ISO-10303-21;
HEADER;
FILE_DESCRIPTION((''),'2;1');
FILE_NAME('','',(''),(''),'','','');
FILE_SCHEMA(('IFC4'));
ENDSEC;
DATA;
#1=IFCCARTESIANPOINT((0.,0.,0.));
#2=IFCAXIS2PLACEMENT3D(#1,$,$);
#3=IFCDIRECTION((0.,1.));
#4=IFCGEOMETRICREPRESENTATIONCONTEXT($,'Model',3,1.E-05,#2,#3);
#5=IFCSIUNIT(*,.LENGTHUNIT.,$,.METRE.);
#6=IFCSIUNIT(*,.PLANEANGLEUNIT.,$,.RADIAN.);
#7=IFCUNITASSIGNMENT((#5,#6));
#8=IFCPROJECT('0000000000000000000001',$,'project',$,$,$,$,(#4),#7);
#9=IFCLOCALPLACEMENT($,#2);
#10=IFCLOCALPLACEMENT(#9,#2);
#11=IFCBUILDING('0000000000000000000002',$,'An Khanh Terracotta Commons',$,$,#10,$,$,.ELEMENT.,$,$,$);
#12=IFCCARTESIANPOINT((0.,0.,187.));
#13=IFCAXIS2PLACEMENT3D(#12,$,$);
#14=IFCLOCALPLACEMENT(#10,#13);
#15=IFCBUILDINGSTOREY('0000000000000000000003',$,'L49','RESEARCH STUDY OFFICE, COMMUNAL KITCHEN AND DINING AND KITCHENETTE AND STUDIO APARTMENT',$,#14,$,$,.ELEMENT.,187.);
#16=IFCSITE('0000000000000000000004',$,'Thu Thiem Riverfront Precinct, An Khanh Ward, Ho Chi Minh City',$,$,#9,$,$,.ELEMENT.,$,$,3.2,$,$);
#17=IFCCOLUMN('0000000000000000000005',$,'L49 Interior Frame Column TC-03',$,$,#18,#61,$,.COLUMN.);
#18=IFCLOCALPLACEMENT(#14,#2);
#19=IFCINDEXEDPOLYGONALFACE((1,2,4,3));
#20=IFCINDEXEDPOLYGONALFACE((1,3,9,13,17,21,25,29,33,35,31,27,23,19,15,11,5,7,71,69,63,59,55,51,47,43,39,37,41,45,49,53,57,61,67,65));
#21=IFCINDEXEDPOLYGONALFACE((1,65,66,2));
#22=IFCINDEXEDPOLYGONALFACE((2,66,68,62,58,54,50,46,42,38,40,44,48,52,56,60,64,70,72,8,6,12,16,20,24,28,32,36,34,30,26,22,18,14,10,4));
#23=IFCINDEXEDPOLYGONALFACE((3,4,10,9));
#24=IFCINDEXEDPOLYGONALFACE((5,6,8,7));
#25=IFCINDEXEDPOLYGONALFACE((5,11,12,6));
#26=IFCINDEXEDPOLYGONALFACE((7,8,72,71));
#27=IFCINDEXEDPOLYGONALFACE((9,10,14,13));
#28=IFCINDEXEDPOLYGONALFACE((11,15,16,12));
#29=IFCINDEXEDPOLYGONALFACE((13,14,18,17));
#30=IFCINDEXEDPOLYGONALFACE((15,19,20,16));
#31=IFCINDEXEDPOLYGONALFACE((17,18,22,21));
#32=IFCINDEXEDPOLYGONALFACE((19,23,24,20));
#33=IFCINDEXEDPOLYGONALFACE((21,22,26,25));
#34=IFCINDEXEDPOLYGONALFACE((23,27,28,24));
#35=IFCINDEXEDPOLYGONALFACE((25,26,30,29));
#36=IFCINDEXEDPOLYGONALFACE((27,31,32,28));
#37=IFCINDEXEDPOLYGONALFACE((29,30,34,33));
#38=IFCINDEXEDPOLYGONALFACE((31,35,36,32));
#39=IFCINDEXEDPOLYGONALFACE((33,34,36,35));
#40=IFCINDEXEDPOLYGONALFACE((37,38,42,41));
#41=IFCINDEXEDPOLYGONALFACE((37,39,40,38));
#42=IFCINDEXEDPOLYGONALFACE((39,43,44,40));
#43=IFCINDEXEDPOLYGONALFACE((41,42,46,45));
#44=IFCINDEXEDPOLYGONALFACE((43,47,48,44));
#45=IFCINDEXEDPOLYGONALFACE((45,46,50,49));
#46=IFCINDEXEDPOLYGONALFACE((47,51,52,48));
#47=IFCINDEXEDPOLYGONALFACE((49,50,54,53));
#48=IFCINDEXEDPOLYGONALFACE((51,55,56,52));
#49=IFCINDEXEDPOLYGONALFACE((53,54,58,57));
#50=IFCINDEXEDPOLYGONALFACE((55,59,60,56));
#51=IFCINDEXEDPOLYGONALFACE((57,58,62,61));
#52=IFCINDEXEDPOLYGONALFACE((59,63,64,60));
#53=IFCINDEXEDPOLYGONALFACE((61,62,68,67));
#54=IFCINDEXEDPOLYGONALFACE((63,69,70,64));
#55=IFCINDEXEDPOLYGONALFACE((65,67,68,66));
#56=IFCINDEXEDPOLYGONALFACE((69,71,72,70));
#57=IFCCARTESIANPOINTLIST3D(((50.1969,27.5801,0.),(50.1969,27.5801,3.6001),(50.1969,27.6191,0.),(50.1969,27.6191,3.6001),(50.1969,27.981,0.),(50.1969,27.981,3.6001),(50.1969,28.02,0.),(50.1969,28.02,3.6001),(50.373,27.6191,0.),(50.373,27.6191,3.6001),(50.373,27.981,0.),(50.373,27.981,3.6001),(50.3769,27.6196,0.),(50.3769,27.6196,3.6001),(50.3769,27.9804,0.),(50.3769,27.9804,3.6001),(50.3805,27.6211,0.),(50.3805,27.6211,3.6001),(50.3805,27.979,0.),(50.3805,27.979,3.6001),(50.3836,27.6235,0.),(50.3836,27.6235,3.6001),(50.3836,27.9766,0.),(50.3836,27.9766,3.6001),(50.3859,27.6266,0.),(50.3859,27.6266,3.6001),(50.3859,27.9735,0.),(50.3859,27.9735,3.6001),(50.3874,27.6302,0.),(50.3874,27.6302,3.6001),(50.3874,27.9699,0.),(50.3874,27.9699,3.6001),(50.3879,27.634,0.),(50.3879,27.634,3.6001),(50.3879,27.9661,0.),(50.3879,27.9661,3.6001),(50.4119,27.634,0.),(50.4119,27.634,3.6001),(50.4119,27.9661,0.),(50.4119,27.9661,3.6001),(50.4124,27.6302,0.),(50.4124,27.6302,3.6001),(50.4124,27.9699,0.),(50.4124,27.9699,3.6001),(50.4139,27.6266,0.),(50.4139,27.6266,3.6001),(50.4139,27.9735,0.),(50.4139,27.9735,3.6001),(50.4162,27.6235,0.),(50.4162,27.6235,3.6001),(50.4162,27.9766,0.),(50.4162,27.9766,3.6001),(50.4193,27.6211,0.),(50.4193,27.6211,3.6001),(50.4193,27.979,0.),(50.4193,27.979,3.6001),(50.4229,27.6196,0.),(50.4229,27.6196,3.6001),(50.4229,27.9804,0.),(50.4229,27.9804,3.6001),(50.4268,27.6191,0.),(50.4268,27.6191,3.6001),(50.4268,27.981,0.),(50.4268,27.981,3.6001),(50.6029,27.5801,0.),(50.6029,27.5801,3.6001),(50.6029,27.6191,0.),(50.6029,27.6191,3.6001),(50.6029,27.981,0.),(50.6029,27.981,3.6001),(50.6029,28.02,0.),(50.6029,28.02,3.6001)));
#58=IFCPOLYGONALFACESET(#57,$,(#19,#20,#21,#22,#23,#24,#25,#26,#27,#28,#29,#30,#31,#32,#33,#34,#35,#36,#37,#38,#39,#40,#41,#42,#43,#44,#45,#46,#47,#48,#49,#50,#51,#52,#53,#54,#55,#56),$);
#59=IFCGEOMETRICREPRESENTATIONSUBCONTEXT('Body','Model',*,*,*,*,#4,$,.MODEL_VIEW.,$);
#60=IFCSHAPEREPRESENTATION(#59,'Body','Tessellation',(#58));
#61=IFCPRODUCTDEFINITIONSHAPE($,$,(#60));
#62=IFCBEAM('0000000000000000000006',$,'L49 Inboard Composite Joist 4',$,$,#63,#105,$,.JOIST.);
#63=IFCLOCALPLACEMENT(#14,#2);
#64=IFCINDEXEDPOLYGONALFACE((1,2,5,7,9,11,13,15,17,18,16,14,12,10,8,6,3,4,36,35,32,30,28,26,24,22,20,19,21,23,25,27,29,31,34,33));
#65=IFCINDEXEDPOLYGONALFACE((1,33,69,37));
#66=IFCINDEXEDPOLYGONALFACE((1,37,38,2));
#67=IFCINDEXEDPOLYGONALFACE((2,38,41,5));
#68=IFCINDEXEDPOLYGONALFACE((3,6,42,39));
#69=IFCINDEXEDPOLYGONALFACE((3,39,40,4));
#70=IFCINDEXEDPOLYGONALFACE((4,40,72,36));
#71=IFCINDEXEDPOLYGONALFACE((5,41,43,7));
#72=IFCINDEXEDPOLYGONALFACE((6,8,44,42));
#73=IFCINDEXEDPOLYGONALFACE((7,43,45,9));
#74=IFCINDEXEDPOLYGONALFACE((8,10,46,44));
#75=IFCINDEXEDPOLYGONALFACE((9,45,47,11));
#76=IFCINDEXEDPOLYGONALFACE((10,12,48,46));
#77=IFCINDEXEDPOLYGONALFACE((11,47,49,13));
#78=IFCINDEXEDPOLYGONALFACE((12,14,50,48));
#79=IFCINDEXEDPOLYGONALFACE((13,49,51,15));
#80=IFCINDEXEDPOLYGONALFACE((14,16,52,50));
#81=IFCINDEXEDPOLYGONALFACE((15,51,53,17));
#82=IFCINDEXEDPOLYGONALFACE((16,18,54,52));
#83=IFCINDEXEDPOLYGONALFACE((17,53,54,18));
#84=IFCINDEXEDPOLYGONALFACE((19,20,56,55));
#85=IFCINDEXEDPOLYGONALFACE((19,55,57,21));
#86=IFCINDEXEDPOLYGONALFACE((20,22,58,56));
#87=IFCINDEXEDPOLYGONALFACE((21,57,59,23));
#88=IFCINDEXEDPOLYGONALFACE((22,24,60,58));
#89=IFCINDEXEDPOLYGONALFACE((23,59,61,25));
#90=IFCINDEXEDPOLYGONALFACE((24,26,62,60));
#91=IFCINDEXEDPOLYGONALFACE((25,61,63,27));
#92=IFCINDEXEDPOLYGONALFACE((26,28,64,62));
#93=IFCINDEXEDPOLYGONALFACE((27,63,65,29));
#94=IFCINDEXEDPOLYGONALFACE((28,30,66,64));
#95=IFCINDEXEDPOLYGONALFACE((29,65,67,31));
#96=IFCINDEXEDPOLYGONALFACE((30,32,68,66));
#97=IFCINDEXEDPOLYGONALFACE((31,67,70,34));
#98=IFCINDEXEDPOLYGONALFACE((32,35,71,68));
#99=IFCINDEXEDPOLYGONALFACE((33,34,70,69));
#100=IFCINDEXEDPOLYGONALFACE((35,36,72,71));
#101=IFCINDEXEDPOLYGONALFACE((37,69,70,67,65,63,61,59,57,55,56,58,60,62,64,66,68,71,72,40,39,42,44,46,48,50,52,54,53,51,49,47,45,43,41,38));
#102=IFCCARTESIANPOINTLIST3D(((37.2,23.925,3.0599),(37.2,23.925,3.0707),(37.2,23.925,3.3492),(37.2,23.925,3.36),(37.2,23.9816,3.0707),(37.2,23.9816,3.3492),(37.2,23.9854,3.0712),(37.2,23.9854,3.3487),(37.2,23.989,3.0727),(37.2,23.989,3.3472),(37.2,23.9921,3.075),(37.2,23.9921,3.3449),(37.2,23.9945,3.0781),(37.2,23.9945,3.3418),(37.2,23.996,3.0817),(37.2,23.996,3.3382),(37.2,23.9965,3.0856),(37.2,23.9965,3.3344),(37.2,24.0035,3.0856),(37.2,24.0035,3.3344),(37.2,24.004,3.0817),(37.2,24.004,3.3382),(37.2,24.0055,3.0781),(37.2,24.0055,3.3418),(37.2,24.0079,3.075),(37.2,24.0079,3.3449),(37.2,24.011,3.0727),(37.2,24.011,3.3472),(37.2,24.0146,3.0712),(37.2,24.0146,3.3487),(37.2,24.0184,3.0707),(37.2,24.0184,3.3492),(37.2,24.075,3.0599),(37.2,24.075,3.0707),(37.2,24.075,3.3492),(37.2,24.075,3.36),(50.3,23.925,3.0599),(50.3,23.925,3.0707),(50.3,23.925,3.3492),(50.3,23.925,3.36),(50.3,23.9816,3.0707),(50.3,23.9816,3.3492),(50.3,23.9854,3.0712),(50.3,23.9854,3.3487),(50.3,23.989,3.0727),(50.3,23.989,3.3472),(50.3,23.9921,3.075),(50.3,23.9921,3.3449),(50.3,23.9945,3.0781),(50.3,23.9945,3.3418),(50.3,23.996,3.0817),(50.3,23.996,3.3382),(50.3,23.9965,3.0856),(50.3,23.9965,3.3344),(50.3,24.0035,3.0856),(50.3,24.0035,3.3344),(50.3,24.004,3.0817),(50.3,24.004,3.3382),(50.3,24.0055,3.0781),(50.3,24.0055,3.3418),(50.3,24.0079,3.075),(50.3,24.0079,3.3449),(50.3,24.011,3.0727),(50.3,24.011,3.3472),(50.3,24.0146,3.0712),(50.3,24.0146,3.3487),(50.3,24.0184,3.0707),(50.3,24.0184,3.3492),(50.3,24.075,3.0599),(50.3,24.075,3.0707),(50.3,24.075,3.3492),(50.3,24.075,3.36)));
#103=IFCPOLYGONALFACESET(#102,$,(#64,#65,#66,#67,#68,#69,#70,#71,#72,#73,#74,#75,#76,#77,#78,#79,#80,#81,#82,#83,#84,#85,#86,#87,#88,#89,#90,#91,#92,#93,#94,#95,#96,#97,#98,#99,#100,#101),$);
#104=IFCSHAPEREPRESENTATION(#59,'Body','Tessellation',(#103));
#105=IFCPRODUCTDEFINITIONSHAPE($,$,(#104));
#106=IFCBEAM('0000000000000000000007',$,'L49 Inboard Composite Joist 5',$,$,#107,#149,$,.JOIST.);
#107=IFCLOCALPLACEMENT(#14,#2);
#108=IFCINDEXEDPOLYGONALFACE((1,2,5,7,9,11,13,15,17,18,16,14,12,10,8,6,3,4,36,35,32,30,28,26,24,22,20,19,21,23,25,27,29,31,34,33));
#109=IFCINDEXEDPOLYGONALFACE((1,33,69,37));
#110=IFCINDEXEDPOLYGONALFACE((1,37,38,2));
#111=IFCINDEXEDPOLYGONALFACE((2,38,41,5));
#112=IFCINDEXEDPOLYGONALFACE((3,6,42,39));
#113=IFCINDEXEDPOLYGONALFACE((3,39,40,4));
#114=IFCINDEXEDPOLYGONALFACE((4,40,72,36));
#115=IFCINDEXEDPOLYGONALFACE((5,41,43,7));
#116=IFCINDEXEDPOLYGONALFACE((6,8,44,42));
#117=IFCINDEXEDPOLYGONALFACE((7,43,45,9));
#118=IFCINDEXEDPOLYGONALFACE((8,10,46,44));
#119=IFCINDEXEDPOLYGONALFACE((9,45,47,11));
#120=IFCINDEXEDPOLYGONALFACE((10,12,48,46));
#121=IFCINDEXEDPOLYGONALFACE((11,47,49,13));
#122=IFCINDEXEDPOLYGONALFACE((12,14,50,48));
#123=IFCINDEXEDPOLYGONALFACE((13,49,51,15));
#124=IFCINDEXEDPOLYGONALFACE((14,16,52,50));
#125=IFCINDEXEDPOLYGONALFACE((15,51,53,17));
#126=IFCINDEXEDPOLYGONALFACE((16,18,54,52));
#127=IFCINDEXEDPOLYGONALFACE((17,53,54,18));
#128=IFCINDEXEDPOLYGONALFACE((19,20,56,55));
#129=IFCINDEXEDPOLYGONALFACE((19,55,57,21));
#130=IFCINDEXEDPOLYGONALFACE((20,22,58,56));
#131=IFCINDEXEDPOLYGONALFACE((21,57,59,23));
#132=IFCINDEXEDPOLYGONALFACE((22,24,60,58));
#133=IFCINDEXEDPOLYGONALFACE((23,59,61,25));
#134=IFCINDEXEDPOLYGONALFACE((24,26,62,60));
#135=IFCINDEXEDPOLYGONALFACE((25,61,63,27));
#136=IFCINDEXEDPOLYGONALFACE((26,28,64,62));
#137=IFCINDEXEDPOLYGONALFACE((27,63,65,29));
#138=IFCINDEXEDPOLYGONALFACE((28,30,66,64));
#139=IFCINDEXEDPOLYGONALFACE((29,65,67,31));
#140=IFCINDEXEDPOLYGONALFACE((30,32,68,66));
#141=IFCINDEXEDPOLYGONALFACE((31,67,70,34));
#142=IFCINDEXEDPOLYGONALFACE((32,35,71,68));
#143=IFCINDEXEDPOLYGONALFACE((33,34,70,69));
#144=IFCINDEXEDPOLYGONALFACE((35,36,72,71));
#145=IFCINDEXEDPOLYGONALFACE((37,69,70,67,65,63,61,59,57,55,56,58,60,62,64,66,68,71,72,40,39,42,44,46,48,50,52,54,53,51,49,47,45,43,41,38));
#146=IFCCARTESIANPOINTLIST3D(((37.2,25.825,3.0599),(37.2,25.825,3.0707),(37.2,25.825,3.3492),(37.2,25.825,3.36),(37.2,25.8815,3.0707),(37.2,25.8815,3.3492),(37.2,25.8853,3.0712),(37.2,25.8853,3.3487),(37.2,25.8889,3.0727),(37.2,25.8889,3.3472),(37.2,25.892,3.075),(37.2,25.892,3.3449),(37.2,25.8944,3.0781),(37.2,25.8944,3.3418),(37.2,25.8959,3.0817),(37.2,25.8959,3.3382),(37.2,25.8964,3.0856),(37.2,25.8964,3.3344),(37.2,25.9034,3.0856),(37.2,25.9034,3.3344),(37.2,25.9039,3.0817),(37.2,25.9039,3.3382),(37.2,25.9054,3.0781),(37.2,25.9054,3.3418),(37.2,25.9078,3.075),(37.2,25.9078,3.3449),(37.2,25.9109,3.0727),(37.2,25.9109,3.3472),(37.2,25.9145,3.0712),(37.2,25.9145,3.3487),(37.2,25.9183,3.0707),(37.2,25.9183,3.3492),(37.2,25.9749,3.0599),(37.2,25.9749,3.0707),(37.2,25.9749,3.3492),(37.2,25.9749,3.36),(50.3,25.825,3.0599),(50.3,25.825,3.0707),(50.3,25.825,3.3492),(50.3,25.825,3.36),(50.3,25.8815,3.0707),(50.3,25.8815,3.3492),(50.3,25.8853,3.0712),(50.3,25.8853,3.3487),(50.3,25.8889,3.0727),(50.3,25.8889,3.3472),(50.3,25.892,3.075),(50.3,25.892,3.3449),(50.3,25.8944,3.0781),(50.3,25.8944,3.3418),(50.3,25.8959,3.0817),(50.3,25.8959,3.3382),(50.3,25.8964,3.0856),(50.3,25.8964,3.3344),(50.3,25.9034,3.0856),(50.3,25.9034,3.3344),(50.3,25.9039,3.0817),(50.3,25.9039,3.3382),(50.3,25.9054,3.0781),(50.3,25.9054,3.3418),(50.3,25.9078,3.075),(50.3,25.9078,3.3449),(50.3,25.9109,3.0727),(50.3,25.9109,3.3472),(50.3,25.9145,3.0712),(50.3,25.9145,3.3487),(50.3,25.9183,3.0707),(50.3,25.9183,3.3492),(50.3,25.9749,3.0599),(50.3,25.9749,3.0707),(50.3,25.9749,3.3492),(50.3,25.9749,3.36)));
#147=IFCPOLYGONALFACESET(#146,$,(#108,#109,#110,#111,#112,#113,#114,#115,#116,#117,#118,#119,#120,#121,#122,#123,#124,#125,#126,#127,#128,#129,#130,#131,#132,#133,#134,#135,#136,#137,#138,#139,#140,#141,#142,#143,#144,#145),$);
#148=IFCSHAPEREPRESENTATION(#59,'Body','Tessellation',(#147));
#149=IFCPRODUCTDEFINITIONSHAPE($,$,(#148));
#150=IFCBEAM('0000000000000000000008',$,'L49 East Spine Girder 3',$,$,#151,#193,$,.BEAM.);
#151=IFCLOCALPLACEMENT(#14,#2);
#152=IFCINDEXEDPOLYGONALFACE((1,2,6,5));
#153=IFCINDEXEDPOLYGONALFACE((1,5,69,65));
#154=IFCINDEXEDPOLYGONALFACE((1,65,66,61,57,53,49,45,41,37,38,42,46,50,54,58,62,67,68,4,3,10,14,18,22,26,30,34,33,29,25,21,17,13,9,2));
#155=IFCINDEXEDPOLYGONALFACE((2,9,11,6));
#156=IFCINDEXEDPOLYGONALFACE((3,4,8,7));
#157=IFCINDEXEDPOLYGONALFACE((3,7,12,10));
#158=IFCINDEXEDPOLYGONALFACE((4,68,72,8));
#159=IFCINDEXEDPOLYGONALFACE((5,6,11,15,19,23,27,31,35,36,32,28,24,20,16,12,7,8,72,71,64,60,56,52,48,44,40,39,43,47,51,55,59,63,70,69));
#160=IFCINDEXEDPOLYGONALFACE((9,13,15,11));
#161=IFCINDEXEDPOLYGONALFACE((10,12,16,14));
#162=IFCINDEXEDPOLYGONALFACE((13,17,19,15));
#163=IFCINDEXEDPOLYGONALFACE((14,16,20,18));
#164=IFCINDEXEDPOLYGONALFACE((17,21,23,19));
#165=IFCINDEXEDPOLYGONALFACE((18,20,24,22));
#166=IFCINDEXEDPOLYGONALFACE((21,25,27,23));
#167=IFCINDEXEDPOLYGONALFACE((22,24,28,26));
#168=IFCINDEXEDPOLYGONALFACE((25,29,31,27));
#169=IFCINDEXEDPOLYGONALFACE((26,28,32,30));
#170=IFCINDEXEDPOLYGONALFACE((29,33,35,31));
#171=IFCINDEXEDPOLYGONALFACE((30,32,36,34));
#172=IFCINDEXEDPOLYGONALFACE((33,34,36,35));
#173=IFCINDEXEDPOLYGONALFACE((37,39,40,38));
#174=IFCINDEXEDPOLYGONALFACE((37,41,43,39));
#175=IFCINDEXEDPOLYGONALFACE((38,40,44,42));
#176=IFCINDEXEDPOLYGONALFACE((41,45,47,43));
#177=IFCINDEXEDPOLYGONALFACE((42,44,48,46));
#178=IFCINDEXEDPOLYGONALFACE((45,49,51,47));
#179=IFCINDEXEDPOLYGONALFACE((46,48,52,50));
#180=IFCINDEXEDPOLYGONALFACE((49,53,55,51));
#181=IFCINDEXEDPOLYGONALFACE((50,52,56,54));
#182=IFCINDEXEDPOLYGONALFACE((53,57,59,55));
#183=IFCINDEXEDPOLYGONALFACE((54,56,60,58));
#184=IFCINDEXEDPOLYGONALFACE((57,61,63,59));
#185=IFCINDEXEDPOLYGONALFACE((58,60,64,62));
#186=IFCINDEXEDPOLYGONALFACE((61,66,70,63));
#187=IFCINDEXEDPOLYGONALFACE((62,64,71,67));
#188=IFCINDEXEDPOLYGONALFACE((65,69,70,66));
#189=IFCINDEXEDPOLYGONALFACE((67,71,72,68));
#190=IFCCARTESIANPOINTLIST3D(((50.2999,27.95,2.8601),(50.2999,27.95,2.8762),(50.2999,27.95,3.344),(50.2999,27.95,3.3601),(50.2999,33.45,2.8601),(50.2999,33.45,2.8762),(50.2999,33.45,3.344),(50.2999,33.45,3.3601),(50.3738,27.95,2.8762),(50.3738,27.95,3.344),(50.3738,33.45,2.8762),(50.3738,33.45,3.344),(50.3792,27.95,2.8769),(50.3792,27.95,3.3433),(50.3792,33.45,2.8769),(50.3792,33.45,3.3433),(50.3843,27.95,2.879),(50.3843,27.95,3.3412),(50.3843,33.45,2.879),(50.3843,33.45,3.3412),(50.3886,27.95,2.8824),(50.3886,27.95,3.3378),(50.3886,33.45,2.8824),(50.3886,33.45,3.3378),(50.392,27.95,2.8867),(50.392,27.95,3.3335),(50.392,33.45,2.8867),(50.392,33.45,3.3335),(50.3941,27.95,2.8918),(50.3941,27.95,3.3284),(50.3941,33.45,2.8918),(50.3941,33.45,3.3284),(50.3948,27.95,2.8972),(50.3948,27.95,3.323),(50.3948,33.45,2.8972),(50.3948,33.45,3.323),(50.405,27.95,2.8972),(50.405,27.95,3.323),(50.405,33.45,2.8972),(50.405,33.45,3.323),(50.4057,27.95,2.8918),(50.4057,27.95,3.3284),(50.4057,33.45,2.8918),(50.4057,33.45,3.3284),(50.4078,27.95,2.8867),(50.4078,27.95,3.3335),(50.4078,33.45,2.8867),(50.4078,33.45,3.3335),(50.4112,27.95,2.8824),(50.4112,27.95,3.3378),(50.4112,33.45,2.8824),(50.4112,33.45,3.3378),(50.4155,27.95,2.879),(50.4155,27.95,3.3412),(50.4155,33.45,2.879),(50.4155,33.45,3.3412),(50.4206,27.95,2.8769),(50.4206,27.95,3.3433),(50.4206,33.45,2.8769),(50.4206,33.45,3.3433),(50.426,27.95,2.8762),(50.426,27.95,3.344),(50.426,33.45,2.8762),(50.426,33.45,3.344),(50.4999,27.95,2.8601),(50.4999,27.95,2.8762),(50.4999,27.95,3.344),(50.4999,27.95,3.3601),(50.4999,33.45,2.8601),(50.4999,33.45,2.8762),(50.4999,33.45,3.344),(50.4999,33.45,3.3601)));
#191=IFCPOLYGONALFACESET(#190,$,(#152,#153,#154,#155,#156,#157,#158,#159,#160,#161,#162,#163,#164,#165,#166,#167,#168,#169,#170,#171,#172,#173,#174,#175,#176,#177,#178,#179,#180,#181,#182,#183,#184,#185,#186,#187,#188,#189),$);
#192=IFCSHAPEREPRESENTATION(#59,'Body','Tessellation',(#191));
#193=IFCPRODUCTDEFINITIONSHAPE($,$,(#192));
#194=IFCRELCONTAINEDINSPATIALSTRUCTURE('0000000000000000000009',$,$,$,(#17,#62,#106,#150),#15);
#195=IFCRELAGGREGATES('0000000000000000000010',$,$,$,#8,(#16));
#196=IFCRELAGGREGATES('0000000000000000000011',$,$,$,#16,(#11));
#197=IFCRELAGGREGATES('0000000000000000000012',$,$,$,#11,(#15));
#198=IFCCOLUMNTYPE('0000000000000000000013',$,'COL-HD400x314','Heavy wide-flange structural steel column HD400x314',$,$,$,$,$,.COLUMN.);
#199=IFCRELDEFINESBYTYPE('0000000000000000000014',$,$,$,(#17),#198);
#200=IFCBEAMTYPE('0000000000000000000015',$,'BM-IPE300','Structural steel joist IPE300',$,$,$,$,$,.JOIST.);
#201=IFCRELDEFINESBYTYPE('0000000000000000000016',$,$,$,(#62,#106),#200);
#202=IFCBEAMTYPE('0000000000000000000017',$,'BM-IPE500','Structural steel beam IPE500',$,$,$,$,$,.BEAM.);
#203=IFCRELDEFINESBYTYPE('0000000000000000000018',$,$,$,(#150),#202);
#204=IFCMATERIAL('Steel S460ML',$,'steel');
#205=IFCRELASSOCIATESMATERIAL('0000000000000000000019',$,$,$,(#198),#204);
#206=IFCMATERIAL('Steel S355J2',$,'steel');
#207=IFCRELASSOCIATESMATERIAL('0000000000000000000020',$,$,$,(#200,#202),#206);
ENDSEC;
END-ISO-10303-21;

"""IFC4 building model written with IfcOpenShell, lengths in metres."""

from ifc_helpers import new_model, si_unit, direction, frame, origin, origin_2d, place, context, subcontext, project, spatial, i_section, extrude, material, material_profile, profile_set, type_object, element, save


model = new_model("IFC4")

# Units and contexts
model_context = context("Model", 3, precision=1e-05, world=origin(), true_north=direction((0.0, 1.0)))
body_context = subcontext(model_context, "Body", "Model", "MODEL_VIEW")
ifc_project = project(units=[si_unit("LENGTHUNIT", "METRE"), si_unit("PLANEANGLEUNIT", "RADIAN")], contexts=[model_context])

# Site, building, storey
site_placement = place(None, origin())
site = spatial("IfcSite", under=ifc_project, at=site_placement, Name="Thu Thiem Riverfront Precinct, An Khanh Ward, Ho Chi Minh City", CompositionType="ELEMENT", RefElevation=3.2)
building_placement = place(site_placement, origin())
building = spatial("IfcBuilding", under=site, at=building_placement, Name="An Khanh Terracotta Commons", CompositionType="ELEMENT")
storey_placement = place(building_placement, frame((0.0, 0.0, 187.0)))
storey = spatial("IfcBuildingStorey", under=building, at=storey_placement, Name="L49", Description="RESEARCH STUDY OFFICE, COMMUNAL KITCHEN AND DINING AND KITCHENETTE AND STUDIO APARTMENT", CompositionType="ELEMENT", Elevation=187.0)

# Column
ifc_material_1 = material(Name="Steel S460ML", Category="steel")
ifc_material_profile_1 = material_profile(ifc_material_1, i_section(OverallWidth=0.406, OverallDepth=0.4399, WebThickness=0.0239, FlangeThickness=0.0391, FilletRadius=0.0149, at=origin_2d()), Name="HD400x314")
ifc_profile_set_1 = profile_set([ifc_material_profile_1], Name="Steel S460ML")
column_type = type_object("IfcColumnType", Name="COL-HD400x314", Description="Heavy wide-flange structural steel column HD400x314", PredefinedType="COLUMN", material=ifc_profile_set_1)
column_placement = place(storey_placement, frame((50.3999, 27.8, 0.0), z_axis=(0.0, 0.0, 1.0), x_axis=(1.0, 0.0, 0.0)))
element("IfcColumn", 1, at=column_placement, inside=storey, type_object=column_type, Name="L49 Interior Frame Column TC-03", PredefinedType="COLUMN", context=body_context, shape_type="SweptSolid", body=[
    extrude(i_section(OverallWidth=0.406, OverallDepth=0.4399, WebThickness=0.0239, FlangeThickness=0.0391, FilletRadius=0.0149, at=origin_2d()), origin(), (0.0, 0.0, 1.0), 3.6001),
])

# Beams
ifc_material_2 = material(Name="Steel S355J2", Category="steel")
ifc_material_profile_2 = material_profile(ifc_material_2, i_section(OverallWidth=0.1499, OverallDepth=0.3, WebThickness=0.0071, FlangeThickness=0.0107, FilletRadius=0.0149, at=origin_2d()), Name="IPE300")
ifc_profile_set_2 = profile_set([ifc_material_profile_2], Name="Steel S355J2")
beam_type_1 = type_object("IfcBeamType", Name="BM-IPE300", Description="Structural steel joist IPE300", PredefinedType="JOIST", material=ifc_profile_set_2)
for number, where, z_axis, x_axis, name in (
    (2, (37.2, 24.0, 3.21), (1.0, 0.0, 0.0), (0.0, 1.0, 0.0), "L49 Inboard Composite Joist 4"),
    (3, (37.2, 25.8999, 3.21), (1.0, 0.0, 0.0), (0.0, 1.0, 0.0), "L49 Inboard Composite Joist 5"),
):
    element("IfcBeam", number, at=place(storey_placement, frame(where, z_axis=z_axis, x_axis=x_axis)), inside=storey, type_object=beam_type_1, Name=name, PredefinedType="JOIST", context=body_context, shape_type="SweptSolid", body=[
        extrude(i_section(OverallWidth=0.1499, OverallDepth=0.3, WebThickness=0.0071, FlangeThickness=0.0107, FilletRadius=0.0149, at=origin_2d()), origin(), (0.0, 0.0, 1.0), 13.1001),
    ])
ifc_material_profile_3 = material_profile(ifc_material_2, i_section(OverallWidth=0.2, OverallDepth=0.5, WebThickness=0.0103, FlangeThickness=0.0161, FilletRadius=0.021, at=origin_2d()), Name="IPE500")
ifc_profile_set_3 = profile_set([ifc_material_profile_3], Name="Steel S355J2")
beam_type_2 = type_object("IfcBeamType", Name="BM-IPE500", Description="Structural steel beam IPE500", PredefinedType="BEAM", material=ifc_profile_set_3)
beam_placement = place(storey_placement, frame((50.3999, 27.95, 3.1101), z_axis=(0.0, 1.0, 0.0), x_axis=(-1.0, 0.0, 0.0)))
element("IfcBeam", 4, at=beam_placement, inside=storey, type_object=beam_type_2, Name="L49 East Spine Girder 3", PredefinedType="BEAM", context=body_context, shape_type="SweptSolid", body=[
    extrude(i_section(OverallWidth=0.2, OverallDepth=0.5, WebThickness=0.0103, FlangeThickness=0.0161, FilletRadius=0.021, at=origin_2d()), origin(), (0.0, 0.0, 1.0), 5.5),
])

save(model, "model.ifc")
